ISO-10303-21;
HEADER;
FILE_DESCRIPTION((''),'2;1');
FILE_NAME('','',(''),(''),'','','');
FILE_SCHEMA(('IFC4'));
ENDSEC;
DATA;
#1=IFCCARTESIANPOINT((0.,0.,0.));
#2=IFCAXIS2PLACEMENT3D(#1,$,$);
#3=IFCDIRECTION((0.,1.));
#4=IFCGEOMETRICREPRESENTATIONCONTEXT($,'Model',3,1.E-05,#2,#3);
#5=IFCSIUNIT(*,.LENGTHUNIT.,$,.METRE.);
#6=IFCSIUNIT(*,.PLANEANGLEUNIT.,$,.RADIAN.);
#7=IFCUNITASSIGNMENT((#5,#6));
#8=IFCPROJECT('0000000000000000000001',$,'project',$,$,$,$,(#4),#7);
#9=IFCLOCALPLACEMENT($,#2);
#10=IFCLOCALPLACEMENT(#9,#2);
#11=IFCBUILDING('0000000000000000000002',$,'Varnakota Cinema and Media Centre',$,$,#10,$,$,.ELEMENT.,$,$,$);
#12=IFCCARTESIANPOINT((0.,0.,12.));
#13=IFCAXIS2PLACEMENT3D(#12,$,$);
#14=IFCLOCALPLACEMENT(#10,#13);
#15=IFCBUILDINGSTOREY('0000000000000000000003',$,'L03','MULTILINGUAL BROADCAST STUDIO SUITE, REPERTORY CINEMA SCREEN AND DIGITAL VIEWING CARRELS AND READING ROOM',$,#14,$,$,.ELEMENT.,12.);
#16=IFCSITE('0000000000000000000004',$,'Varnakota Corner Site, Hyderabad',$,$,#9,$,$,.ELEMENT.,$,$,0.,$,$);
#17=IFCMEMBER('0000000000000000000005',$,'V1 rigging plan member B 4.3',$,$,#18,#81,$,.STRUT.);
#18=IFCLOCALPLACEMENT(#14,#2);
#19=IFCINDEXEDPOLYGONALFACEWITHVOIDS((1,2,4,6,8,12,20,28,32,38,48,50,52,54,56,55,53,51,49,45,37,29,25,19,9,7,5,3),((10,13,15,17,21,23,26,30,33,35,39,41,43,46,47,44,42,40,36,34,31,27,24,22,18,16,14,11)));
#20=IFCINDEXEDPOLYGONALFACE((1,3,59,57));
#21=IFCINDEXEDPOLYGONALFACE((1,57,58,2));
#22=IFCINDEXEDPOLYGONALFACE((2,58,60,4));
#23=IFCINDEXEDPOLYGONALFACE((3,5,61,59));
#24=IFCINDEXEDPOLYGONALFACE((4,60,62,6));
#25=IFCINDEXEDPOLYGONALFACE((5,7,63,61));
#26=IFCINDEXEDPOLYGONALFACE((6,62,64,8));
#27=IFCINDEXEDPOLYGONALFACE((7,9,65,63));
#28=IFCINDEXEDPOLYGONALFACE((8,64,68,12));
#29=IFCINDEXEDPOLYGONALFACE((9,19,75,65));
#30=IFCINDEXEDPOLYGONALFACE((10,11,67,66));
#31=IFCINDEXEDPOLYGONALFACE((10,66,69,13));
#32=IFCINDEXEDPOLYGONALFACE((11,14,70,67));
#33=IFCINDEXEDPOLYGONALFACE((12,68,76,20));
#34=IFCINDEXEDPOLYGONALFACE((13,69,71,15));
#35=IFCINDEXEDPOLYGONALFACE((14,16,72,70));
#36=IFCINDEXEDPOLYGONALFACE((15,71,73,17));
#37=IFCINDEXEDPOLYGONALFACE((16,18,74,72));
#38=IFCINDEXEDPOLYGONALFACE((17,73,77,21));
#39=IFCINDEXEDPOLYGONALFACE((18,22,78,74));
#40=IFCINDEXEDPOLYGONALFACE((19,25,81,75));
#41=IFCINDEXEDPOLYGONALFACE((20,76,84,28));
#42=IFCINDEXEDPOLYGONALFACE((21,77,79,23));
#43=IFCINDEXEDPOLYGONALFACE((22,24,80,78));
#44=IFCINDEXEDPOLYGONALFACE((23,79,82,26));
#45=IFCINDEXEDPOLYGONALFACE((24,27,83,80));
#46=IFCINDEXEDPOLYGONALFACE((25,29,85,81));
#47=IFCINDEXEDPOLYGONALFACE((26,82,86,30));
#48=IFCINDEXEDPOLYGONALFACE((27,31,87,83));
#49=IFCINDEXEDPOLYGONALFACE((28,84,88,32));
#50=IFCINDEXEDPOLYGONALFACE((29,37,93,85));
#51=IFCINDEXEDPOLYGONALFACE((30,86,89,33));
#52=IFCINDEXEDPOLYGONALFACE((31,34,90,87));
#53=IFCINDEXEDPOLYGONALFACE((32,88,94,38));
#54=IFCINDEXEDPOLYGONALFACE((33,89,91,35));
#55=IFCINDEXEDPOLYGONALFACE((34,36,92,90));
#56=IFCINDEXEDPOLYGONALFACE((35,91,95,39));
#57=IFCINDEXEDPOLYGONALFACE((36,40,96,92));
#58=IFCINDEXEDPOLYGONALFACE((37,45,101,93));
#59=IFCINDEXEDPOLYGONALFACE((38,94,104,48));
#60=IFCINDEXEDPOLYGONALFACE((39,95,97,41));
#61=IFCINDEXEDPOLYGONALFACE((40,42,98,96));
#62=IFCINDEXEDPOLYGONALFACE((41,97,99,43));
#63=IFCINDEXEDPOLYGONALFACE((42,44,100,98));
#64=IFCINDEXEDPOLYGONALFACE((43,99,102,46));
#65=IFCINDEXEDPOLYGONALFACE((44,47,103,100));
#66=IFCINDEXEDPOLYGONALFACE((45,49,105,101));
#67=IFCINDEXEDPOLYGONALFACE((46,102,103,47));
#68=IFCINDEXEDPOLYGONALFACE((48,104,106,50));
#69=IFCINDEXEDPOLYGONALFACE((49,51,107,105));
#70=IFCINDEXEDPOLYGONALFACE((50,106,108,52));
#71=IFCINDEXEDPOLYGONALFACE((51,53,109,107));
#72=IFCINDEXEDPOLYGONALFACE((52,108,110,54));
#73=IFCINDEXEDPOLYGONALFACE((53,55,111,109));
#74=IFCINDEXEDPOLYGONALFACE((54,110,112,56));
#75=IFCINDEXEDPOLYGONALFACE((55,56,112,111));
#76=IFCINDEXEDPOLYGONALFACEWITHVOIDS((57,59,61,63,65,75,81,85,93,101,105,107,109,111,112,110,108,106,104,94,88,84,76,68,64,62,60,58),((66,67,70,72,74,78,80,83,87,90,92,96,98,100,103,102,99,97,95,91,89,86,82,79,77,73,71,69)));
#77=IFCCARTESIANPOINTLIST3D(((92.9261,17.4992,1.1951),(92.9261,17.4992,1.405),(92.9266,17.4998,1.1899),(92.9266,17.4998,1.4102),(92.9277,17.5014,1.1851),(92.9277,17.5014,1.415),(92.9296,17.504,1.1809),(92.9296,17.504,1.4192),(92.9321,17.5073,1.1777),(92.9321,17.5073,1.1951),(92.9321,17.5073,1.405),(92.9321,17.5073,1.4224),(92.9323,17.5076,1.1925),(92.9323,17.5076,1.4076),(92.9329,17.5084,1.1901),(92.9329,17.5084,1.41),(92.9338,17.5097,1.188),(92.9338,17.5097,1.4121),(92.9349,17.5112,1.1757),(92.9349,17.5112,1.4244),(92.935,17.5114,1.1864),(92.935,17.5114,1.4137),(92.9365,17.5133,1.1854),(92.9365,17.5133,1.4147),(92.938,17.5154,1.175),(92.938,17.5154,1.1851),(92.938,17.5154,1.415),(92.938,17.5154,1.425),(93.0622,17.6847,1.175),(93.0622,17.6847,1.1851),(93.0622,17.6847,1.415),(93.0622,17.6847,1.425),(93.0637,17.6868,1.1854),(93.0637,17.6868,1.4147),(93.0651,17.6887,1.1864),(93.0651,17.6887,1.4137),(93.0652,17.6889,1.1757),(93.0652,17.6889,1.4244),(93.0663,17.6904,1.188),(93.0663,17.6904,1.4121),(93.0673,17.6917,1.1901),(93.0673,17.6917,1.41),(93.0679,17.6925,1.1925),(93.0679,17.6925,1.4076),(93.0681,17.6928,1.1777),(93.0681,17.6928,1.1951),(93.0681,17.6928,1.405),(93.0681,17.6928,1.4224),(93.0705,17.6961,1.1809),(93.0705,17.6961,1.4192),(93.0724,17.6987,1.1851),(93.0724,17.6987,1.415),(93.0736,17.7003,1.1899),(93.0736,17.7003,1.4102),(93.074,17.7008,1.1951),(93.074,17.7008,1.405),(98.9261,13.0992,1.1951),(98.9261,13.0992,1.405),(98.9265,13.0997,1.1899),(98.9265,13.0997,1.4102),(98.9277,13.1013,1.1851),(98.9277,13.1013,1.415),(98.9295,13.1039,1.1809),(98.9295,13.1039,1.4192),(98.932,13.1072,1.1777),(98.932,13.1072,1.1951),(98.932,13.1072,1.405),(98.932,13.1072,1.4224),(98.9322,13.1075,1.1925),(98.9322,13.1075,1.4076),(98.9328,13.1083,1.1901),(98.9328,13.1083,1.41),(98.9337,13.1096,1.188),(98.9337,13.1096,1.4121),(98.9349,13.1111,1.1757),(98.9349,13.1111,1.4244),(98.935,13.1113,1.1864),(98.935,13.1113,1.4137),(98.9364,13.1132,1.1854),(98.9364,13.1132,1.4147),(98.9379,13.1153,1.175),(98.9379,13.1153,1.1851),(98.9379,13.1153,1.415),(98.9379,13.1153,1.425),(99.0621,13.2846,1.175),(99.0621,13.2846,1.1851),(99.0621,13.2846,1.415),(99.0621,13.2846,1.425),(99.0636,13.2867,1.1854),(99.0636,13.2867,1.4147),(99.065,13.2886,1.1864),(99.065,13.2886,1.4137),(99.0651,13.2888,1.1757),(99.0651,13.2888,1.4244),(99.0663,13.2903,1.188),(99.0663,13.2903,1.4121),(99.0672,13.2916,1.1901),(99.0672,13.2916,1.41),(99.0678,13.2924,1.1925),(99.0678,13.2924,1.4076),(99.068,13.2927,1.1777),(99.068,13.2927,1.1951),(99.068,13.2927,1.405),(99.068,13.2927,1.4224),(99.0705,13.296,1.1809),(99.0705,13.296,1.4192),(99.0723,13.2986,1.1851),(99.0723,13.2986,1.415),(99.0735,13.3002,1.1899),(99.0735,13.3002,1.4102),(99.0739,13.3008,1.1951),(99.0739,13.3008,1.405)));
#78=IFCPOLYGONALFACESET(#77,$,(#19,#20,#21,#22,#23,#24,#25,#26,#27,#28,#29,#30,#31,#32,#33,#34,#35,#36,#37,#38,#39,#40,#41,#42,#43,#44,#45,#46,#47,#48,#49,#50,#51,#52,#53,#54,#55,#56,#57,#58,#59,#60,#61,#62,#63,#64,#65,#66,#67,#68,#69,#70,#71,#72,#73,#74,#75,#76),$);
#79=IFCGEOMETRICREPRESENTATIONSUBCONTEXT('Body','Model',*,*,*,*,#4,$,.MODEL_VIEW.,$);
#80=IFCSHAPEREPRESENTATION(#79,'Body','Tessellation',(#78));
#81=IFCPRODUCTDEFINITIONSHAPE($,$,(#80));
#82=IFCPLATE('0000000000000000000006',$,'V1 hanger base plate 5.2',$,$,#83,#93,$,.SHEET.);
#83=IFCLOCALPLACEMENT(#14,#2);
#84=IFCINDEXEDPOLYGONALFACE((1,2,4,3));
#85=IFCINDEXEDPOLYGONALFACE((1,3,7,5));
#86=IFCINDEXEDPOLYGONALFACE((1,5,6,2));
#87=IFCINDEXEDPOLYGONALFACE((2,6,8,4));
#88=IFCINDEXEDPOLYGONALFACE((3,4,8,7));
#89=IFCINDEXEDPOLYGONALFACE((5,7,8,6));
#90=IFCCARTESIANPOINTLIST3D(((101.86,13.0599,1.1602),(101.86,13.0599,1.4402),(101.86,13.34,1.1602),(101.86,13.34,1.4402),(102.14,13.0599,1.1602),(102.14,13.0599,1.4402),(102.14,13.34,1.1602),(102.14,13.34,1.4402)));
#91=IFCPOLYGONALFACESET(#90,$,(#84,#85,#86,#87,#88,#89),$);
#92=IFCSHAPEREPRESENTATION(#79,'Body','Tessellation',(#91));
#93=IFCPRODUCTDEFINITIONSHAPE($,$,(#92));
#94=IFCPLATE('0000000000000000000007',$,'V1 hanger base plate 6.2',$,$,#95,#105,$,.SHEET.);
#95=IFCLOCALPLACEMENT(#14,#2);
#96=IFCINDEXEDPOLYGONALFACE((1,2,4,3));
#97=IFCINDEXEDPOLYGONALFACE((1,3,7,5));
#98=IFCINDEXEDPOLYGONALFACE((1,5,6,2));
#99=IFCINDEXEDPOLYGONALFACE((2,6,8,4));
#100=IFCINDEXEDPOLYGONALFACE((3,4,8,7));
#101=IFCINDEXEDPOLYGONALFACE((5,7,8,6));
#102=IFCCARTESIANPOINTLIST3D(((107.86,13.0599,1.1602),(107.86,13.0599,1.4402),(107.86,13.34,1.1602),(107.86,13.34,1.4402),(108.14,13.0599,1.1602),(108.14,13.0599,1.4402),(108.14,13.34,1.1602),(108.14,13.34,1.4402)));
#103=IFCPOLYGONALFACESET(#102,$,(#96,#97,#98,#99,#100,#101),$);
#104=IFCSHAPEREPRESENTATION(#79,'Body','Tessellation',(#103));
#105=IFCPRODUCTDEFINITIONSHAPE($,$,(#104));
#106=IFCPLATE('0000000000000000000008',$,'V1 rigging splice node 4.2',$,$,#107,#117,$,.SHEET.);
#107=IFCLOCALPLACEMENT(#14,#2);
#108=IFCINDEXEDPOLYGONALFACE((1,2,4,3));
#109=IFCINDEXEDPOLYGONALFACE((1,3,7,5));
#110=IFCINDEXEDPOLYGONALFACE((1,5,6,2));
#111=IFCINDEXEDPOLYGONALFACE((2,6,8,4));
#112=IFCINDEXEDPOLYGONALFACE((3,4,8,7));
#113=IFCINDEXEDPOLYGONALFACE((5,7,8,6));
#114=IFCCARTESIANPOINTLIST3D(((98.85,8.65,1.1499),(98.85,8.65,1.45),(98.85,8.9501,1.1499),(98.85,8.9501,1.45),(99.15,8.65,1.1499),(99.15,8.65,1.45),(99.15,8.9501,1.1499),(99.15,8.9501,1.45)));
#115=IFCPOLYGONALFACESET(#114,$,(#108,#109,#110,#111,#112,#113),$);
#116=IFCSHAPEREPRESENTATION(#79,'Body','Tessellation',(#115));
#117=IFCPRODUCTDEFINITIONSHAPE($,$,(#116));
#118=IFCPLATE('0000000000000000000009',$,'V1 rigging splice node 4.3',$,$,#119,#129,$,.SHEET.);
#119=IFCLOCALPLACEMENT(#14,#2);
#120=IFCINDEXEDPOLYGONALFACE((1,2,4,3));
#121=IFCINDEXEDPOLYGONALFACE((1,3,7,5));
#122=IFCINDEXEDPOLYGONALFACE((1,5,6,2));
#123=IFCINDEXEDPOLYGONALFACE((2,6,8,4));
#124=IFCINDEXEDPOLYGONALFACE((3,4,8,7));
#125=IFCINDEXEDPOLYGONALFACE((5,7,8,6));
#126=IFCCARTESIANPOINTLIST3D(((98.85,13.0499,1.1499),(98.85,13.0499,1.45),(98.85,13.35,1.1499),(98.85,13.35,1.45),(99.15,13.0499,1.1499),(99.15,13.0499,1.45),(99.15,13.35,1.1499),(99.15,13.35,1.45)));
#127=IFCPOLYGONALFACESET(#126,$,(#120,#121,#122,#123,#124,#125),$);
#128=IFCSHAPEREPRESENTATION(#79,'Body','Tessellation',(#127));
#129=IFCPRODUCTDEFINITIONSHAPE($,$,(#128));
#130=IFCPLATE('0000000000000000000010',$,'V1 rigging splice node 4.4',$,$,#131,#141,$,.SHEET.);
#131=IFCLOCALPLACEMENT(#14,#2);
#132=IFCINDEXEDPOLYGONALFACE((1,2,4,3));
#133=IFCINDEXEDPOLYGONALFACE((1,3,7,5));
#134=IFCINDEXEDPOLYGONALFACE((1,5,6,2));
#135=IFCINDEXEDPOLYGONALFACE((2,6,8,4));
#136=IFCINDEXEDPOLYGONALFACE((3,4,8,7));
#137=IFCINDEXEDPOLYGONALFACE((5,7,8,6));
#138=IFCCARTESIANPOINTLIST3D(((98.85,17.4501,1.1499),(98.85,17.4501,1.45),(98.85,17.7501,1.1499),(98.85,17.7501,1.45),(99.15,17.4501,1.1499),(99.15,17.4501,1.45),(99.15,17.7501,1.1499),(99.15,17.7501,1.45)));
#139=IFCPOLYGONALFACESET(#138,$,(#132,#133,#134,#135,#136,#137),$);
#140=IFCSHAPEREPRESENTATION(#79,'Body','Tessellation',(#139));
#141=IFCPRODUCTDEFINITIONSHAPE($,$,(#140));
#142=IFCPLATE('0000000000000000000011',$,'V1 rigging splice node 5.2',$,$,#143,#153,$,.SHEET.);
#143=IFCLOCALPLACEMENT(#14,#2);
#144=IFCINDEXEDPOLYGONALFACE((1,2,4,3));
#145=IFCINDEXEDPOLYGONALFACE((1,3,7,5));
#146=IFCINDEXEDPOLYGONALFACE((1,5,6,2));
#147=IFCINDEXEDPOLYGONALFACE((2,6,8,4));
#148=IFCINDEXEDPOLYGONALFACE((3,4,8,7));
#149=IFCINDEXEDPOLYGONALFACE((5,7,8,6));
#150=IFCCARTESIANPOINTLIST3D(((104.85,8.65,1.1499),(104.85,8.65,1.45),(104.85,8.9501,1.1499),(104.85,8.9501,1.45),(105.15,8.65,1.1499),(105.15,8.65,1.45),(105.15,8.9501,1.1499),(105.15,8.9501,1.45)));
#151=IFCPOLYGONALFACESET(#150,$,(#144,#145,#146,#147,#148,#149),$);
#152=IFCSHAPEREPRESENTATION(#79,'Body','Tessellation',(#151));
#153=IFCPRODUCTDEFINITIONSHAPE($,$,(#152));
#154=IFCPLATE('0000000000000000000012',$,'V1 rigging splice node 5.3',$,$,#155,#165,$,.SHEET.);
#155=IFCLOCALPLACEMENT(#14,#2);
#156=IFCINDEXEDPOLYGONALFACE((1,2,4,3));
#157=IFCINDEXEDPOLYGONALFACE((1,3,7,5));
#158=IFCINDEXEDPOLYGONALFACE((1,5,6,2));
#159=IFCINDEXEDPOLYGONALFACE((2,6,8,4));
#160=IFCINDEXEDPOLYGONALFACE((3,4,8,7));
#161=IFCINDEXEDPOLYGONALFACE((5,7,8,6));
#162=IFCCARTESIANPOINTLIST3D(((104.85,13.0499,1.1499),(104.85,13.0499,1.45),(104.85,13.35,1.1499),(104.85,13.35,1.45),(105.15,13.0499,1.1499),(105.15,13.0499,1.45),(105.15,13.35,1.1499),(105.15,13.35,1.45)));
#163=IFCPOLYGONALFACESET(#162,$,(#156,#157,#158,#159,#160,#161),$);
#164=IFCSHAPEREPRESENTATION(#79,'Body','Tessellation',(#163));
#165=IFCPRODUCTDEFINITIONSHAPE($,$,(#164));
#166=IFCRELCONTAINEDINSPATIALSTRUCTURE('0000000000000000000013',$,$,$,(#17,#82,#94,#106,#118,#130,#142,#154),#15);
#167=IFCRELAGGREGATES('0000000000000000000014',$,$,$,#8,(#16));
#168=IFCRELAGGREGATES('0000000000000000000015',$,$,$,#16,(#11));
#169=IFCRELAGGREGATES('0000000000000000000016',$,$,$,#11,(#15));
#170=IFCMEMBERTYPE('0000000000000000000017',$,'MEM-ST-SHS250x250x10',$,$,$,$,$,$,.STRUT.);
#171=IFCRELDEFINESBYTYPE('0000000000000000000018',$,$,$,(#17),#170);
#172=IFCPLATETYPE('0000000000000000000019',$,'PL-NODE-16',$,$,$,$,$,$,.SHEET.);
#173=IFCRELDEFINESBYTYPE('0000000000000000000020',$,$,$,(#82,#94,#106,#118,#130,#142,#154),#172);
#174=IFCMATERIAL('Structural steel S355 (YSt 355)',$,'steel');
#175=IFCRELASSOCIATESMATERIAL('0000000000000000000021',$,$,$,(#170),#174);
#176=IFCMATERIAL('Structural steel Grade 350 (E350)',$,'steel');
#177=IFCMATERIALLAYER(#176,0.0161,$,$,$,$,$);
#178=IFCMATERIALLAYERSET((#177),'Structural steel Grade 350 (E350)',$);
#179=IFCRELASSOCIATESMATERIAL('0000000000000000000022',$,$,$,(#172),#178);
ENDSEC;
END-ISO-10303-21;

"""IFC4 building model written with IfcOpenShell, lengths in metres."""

from ifc_helpers import new_model, si_unit, direction, frame, origin, origin_2d, place, context, subcontext, project, spatial, rectangle, hollow_rectangle, extrude, material, layer, layer_set, material_profile, profile_set, type_object, element, save


model = new_model("IFC4")

# Units and contexts
model_context = context("Model", 3, precision=1e-05, world=origin(), true_north=direction((0.0, 1.0)))
body_context = subcontext(model_context, "Body", "Model", "MODEL_VIEW")
ifc_project = project(units=[si_unit("LENGTHUNIT", "METRE"), si_unit("PLANEANGLEUNIT", "RADIAN")], contexts=[model_context])

# Site, building, storey
site_placement = place(None, origin())
site = spatial("IfcSite", under=ifc_project, at=site_placement, Name="Varnakota Corner Site, Hyderabad", CompositionType="ELEMENT", RefElevation=0.0)
building_placement = place(site_placement, origin())
building = spatial("IfcBuilding", under=site, at=building_placement, Name="Varnakota Cinema and Media Centre", CompositionType="ELEMENT")
storey_placement = place(building_placement, frame((0.0, 0.0, 12.0)))
storey = spatial("IfcBuildingStorey", under=building, at=storey_placement, Name="L03", Description="MULTILINGUAL BROADCAST STUDIO SUITE, REPERTORY CINEMA SCREEN AND DIGITAL VIEWING CARRELS AND READING ROOM", CompositionType="ELEMENT", Elevation=12.0)

# Member
ifc_material_1 = material(Name="Structural steel S355 (YSt 355)", Category="steel")
ifc_material_profile_1 = material_profile(ifc_material_1, hollow_rectangle(XDim=0.25, YDim=0.25, WallThickness=0.01, InnerFilletRadius=0.01, OuterFilletRadius=0.02, at=origin_2d()), Name="SHS 250x250x10")
ifc_profile_set_1 = profile_set([ifc_material_profile_1], Name="Structural steel S355 (YSt 355)")
member_type_1 = type_object("IfcMemberType", Name="MEM-ST-SHS250x250x10", PredefinedType="STRUT", material=ifc_profile_set_1)
member_1_placement = place(storey_placement, frame((99.0, 13.2, 1.3), z_axis=(-0.806396, 0.591376, 0.0), x_axis=(-0.591376, -0.806396, 0.0)))
element("IfcMember", 1, at=member_1_placement, inside=storey, type_object=member_type_1, Name="V1 rigging plan member B 4.3", PredefinedType="STRUT", context=body_context, shape_type="SweptSolid", body=[
    extrude(hollow_rectangle(XDim=0.25, YDim=0.25, WallThickness=0.01, InnerFilletRadius=0.01, OuterFilletRadius=0.02, at=origin_2d()), origin(), (0.0, 0.0, 1.0), 7.4404),
])

# Plates
ifc_material_2 = material(Name="Structural steel Grade 350 (E350)", Category="steel")
ifc_layer = layer(ifc_material_2, 0.0161)
ifc_layer_set = layer_set([ifc_layer], Name="Structural steel Grade 350 (E350)")
plate_type = type_object("IfcPlateType", Name="PL-NODE-16", PredefinedType="SHEET", material=ifc_layer_set)
for number, where, z_axis, x_axis, name in (
    (2, (102.0, 13.2, 1.1602), (0.0, 0.0, 1.0), (1.0, 0.0, 0.0), "V1 hanger base plate 5.2"),
    (3, (108.0, 13.2, 1.1602), (0.0, 0.0, 1.0), (1.0, 0.0, 0.0), "V1 hanger base plate 6.2"),
):
    element("IfcPlate", number, at=place(storey_placement, frame(where, z_axis=z_axis, x_axis=x_axis)), inside=storey, type_object=plate_type, Name=name, PredefinedType="SHEET", context=body_context, shape_type="SweptSolid", body=[
        extrude(rectangle(XDim=0.28, YDim=0.28, at=origin_2d()), origin(), (0.0, 0.0, 1.0), 0.28),
    ])
for number, where, z_axis, x_axis, name in (
    (4, (99.0, 8.8, 1.1499), (0.0, 0.0, 1.0), (1.0, 0.0, 0.0), "V1 rigging splice node 4.2"),
    (5, (99.0, 13.2, 1.1499), (0.0, 0.0, 1.0), (1.0, 0.0, 0.0), "V1 rigging splice node 4.3"),
    (6, (99.0, 17.6001, 1.1499), (0.0, 0.0, 1.0), (1.0, 0.0, 0.0), "V1 rigging splice node 4.4"),
    (7, (105.0, 8.8, 1.1499), (0.0, 0.0, 1.0), (1.0, 0.0, 0.0), "V1 rigging splice node 5.2"),
    (8, (105.0, 13.2, 1.1499), (0.0, 0.0, 1.0), (1.0, 0.0, 0.0), "V1 rigging splice node 5.3"),
):
    element("IfcPlate", number, at=place(storey_placement, frame(where, z_axis=z_axis, x_axis=x_axis)), inside=storey, type_object=plate_type, Name=name, PredefinedType="SHEET", context=body_context, shape_type="SweptSolid", body=[
        extrude(rectangle(XDim=0.3, YDim=0.3, at=origin_2d()), origin(), (0.0, 0.0, 1.0), 0.3),
    ])

save(model, "model.ifc")
